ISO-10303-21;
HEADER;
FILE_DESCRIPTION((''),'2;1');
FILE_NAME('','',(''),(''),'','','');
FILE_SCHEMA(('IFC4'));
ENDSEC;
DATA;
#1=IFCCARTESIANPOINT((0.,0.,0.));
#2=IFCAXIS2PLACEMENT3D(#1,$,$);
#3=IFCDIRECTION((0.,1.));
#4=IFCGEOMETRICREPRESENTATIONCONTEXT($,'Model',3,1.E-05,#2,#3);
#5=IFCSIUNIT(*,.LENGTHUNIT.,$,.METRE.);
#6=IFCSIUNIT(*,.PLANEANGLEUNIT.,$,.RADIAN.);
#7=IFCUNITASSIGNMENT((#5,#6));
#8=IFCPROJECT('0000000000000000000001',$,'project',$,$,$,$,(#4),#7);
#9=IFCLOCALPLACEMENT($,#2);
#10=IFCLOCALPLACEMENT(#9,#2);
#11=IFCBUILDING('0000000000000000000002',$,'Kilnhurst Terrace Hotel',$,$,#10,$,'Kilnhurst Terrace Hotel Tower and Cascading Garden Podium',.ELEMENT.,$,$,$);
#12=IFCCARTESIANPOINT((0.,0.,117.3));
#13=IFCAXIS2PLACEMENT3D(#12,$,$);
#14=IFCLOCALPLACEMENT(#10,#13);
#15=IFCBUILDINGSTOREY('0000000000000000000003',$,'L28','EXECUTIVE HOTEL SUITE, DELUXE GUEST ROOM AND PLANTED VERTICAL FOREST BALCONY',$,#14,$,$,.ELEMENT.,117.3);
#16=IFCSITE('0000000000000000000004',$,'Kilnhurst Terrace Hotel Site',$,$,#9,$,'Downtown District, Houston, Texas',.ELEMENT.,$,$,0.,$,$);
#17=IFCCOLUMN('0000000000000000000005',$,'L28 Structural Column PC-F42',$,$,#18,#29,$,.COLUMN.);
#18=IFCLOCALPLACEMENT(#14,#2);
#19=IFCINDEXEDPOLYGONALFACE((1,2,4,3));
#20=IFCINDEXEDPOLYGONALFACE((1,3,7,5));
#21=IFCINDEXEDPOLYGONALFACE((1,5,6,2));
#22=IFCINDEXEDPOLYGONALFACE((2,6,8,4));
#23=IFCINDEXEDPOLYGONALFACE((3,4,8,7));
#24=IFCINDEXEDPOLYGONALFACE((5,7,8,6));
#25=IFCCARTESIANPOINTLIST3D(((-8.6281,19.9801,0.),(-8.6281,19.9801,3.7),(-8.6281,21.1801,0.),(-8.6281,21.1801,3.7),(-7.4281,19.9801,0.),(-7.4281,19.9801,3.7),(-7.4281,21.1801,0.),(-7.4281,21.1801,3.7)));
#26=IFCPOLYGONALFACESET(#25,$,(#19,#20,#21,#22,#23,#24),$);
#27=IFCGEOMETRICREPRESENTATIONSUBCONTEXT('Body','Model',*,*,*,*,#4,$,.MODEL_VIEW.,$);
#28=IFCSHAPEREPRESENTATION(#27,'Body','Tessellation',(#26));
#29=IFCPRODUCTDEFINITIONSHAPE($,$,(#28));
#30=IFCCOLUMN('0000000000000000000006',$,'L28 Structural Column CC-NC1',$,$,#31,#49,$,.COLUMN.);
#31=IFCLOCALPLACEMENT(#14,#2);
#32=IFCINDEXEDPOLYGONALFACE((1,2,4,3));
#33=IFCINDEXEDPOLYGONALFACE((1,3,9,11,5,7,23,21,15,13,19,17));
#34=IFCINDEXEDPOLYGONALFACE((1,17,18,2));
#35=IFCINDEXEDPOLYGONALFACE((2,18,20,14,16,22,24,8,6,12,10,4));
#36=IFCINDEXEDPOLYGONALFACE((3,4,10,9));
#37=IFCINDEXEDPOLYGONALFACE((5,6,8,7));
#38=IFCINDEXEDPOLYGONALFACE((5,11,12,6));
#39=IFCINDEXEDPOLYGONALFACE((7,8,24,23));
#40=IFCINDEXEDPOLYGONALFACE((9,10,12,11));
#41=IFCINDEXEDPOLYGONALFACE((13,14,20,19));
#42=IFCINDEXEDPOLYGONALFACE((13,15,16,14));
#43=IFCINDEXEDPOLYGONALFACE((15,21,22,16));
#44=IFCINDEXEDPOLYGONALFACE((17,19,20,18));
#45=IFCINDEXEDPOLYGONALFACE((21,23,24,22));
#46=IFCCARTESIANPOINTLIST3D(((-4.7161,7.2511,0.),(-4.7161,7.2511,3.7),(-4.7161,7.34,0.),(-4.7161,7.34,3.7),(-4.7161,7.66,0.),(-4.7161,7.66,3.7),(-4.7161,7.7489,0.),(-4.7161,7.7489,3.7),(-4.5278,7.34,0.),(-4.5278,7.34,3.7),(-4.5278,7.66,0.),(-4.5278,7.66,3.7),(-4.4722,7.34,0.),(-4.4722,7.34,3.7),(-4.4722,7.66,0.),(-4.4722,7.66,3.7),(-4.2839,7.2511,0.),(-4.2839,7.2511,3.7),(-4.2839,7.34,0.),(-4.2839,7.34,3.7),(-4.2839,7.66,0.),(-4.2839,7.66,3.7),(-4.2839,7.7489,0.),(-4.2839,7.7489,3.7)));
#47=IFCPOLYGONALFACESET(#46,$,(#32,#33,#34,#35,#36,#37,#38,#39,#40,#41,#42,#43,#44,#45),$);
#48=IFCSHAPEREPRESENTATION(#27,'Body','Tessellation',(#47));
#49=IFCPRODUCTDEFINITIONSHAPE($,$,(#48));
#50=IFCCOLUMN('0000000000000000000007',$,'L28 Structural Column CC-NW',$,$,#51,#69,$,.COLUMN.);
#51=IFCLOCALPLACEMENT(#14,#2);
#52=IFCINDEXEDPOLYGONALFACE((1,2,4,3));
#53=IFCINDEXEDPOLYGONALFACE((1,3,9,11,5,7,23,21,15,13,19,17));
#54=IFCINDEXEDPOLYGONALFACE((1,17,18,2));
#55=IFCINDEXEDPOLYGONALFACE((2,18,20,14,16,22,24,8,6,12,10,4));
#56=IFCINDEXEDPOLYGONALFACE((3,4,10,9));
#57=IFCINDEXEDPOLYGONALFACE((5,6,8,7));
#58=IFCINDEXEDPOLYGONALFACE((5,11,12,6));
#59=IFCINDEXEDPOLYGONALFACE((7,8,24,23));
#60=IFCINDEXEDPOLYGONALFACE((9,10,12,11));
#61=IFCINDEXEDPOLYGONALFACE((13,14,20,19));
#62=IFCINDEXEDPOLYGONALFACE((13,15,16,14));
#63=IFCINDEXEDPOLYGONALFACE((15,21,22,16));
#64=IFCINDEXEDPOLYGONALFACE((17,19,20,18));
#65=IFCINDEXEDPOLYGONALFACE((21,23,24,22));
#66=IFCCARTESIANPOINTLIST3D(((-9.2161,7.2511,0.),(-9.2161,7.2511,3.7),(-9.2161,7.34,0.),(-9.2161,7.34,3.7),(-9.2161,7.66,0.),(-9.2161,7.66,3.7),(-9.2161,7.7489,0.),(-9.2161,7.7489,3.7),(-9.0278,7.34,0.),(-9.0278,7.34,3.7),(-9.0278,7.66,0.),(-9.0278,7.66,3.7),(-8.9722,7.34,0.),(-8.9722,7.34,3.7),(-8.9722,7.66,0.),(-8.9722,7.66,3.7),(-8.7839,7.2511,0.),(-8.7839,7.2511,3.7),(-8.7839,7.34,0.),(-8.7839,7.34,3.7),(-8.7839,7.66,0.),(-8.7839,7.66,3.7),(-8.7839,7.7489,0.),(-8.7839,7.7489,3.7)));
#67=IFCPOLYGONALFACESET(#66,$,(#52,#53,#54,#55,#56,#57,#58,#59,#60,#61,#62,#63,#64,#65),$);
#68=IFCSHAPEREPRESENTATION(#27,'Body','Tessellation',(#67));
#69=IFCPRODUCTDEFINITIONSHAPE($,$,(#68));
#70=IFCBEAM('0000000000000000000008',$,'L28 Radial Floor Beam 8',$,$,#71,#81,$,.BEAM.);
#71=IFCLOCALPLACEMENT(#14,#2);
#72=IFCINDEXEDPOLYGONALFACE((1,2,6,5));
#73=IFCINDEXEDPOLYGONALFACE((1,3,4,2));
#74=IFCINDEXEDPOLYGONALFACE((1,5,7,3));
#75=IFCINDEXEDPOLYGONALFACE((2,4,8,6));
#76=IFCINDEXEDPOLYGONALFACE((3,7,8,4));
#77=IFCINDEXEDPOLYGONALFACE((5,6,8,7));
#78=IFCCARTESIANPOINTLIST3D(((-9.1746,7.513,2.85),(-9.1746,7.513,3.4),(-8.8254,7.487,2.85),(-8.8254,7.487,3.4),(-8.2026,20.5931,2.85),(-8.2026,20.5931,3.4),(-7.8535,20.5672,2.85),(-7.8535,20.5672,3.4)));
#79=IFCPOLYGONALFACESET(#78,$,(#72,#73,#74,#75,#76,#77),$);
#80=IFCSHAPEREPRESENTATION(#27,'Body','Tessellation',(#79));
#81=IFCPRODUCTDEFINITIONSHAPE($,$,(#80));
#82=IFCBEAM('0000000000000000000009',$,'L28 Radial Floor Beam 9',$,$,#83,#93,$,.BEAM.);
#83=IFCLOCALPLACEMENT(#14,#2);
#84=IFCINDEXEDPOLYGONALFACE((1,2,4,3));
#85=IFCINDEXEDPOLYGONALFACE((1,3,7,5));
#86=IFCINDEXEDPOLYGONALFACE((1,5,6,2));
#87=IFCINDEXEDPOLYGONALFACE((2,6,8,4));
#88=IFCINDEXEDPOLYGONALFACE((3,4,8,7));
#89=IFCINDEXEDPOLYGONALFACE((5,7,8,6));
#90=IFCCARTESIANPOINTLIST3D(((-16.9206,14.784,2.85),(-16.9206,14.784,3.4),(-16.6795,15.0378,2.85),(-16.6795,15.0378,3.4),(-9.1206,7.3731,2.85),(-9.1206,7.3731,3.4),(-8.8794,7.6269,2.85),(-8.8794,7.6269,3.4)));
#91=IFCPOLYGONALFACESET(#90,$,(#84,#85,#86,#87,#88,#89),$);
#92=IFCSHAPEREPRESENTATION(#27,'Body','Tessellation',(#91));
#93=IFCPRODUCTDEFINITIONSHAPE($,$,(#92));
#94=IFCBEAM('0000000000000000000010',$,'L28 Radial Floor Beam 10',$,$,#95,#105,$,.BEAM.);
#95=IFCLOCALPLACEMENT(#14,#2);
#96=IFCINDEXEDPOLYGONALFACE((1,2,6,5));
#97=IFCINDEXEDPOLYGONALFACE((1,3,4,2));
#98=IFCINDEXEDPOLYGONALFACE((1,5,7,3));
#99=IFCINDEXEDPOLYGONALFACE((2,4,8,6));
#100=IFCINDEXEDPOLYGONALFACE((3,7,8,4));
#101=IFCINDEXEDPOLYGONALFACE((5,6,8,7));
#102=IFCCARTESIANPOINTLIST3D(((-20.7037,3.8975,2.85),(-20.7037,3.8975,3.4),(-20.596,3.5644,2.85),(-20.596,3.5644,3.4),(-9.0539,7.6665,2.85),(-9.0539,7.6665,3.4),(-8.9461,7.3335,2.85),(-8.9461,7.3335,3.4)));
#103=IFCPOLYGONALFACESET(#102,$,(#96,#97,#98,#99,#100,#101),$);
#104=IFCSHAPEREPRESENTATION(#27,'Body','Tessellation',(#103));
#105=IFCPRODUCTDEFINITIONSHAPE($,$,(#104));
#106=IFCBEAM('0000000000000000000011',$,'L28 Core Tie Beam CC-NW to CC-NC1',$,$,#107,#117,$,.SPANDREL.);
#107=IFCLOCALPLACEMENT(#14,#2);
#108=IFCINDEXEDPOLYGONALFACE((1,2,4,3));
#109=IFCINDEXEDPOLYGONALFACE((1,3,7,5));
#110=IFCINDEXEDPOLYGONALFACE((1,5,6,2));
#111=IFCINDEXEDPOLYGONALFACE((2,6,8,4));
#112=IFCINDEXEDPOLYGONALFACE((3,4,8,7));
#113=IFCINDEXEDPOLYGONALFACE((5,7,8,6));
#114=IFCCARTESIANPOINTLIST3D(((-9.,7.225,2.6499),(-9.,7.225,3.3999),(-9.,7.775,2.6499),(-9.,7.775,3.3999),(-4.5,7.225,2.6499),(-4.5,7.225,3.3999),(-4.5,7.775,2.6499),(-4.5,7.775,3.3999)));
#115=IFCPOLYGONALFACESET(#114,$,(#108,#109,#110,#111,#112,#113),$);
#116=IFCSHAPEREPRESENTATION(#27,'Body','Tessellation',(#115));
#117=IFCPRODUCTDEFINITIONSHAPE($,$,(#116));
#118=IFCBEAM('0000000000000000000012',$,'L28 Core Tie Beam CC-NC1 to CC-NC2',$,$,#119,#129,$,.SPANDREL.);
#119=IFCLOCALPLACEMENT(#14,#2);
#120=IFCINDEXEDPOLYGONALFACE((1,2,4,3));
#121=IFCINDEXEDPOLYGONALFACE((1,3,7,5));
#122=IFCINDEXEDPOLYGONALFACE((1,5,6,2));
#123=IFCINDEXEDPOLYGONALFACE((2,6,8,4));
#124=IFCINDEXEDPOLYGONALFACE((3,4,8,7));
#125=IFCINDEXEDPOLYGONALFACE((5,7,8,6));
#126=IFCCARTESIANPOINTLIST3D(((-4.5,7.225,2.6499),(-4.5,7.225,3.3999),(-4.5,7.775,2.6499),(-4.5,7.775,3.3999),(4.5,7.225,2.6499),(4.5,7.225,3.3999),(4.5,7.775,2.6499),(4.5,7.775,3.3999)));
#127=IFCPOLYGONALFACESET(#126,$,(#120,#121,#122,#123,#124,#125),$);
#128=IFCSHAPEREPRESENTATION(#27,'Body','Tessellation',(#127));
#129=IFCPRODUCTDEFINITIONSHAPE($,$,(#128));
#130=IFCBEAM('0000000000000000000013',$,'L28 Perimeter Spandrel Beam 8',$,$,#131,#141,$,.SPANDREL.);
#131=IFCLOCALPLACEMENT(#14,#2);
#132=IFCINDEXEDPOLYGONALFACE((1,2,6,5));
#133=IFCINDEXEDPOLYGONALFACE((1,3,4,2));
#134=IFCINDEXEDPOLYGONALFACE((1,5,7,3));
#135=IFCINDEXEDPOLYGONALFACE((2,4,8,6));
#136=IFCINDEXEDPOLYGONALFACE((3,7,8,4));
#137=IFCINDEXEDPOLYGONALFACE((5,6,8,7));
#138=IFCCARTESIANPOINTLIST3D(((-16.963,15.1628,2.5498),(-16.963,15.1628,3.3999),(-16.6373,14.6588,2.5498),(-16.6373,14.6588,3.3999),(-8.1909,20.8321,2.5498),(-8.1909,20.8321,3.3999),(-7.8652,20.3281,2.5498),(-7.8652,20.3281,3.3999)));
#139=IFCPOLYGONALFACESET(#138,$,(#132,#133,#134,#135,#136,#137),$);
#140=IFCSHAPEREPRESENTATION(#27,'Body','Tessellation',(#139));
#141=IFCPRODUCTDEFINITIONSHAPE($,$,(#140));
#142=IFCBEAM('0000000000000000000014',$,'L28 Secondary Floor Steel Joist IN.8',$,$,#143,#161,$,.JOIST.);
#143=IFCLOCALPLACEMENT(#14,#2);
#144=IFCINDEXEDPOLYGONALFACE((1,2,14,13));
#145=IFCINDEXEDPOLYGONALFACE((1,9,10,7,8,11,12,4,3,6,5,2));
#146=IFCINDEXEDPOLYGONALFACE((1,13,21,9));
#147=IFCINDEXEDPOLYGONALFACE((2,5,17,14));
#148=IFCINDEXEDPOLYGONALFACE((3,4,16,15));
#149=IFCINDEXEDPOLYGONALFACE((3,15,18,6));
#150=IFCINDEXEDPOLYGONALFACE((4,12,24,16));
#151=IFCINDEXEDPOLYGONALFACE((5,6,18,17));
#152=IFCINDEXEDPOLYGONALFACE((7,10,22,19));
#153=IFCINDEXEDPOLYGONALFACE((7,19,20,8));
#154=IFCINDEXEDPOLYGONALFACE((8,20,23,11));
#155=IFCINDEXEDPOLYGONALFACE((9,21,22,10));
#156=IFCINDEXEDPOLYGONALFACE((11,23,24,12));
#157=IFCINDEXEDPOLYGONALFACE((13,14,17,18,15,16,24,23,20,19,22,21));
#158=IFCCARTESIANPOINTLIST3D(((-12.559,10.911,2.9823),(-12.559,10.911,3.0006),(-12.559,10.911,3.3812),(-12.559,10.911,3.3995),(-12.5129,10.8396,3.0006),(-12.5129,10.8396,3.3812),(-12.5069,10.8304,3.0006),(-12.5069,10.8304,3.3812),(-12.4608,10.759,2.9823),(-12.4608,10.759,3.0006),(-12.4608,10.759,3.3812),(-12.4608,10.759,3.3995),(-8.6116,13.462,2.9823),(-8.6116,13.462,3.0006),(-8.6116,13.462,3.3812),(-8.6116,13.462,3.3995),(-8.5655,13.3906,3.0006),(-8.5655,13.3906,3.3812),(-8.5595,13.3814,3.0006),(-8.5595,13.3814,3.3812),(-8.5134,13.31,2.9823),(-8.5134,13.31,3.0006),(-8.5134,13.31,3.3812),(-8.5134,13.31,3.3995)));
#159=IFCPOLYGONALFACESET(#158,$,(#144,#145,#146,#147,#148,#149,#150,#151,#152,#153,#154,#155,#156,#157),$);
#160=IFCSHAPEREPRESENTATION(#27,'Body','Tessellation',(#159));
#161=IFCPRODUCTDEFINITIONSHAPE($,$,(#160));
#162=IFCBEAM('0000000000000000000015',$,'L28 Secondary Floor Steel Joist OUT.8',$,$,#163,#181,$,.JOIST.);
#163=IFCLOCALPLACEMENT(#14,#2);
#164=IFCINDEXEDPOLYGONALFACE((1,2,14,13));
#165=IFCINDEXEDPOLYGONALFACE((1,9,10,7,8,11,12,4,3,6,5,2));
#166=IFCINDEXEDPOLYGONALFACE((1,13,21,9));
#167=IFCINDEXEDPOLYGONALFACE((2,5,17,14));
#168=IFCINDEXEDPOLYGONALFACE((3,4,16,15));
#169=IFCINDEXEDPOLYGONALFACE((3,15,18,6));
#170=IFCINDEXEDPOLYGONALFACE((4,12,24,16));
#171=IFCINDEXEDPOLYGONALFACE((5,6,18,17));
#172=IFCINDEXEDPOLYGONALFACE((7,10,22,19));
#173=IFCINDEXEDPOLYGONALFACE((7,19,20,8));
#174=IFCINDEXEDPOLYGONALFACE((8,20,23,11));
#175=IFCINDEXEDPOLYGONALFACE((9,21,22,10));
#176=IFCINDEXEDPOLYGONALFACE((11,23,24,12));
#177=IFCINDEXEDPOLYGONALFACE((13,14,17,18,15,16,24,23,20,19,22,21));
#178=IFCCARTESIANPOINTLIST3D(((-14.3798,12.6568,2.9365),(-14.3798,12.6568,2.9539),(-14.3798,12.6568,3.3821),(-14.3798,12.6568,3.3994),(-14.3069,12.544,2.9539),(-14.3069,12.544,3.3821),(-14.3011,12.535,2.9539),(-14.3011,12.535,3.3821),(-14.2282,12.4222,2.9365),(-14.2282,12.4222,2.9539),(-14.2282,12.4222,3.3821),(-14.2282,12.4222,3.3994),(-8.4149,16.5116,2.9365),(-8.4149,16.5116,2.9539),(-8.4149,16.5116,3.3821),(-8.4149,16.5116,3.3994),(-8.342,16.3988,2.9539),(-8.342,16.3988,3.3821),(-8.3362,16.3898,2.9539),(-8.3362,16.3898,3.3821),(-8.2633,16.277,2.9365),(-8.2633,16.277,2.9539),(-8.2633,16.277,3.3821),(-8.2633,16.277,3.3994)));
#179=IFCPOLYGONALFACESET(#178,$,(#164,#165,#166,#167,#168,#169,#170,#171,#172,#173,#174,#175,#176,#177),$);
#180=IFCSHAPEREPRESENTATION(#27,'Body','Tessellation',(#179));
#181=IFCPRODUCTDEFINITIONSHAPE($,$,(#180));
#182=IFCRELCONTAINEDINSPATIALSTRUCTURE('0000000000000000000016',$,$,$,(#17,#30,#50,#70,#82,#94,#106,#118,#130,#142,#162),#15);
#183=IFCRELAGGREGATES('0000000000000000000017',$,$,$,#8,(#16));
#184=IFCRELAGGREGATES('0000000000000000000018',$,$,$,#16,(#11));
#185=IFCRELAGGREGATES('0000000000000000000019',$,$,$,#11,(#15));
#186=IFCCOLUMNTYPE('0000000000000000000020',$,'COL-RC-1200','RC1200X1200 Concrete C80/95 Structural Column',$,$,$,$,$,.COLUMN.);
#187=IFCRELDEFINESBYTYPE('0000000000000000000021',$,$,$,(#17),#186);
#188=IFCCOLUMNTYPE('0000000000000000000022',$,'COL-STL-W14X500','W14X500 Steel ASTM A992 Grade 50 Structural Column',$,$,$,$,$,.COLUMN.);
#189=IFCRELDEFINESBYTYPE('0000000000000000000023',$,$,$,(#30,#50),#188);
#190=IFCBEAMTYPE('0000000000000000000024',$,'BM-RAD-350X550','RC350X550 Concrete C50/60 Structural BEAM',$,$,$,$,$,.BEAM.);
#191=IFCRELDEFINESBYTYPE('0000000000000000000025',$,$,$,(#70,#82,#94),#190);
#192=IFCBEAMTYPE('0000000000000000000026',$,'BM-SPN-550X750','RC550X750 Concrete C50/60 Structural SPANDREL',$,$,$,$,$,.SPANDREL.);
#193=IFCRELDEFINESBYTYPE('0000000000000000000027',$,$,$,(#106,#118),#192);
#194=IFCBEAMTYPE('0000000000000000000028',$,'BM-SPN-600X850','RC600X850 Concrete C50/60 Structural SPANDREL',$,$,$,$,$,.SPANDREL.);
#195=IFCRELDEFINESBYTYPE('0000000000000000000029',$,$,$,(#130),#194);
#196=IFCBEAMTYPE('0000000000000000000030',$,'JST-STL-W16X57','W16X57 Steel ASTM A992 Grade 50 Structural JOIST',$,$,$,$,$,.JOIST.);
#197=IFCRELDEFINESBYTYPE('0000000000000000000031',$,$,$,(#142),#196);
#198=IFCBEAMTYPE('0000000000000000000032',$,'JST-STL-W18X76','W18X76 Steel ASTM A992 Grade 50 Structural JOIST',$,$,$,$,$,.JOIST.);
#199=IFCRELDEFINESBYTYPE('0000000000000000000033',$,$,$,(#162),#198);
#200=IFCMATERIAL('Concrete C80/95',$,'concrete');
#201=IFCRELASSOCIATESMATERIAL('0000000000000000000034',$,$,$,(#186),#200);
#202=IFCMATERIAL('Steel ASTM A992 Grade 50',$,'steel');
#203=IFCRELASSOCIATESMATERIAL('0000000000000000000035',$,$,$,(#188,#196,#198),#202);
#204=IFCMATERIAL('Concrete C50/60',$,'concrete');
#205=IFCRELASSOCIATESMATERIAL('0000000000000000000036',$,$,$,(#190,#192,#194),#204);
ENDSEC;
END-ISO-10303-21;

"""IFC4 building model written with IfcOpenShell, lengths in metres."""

from ifc_helpers import new_model, si_unit, direction, frame, origin, origin_2d, place, context, subcontext, project, spatial, rectangle, i_section, extrude, material, material_profile, profile_set, type_object, element, save


model = new_model("IFC4")

# Units and contexts
model_context = context("Model", 3, precision=1e-05, world=origin(), true_north=direction((0.0, 1.0)))
body_context = subcontext(model_context, "Body", "Model", "MODEL_VIEW")
ifc_project = project(units=[si_unit("LENGTHUNIT", "METRE"), si_unit("PLANEANGLEUNIT", "RADIAN")], contexts=[model_context])

# Site, building, storey
site_placement = place(None, origin())
site = spatial("IfcSite", under=ifc_project, at=site_placement, Name="Kilnhurst Terrace Hotel Site", LongName="Downtown District, Houston, Texas", CompositionType="ELEMENT", RefElevation=0.0)
building_placement = place(site_placement, origin())
building = spatial("IfcBuilding", under=site, at=building_placement, Name="Kilnhurst Terrace Hotel", LongName="Kilnhurst Terrace Hotel Tower and Cascading Garden Podium", CompositionType="ELEMENT")
storey_placement = place(building_placement, frame((0.0, 0.0, 117.3)))
storey = spatial("IfcBuildingStorey", under=building, at=storey_placement, Name="L28", Description="EXECUTIVE HOTEL SUITE, DELUXE GUEST ROOM AND PLANTED VERTICAL FOREST BALCONY", CompositionType="ELEMENT", Elevation=117.3)

# Columns
ifc_material_1 = material(Name="Concrete C80/95", Category="concrete")
ifc_material_profile_1 = material_profile(ifc_material_1, rectangle(XDim=1.2, YDim=1.2, at=origin_2d()), Name="RC1200X1200")
ifc_profile_set_1 = profile_set([ifc_material_profile_1], Name="Concrete C80/95")
column_type_1 = type_object("IfcColumnType", Name="COL-RC-1200", Description="RC1200X1200 Concrete C80/95 Structural Column", PredefinedType="COLUMN", material=ifc_profile_set_1)
column_placement = place(storey_placement, frame((-8.0281, 20.5801, 0.0), z_axis=(0.0, 0.0, 1.0), x_axis=(1.0, 0.0, 0.0)))
element("IfcColumn", 1, at=column_placement, inside=storey, type_object=column_type_1, Name="L28 Structural Column PC-F42", PredefinedType="COLUMN", context=body_context, shape_type="SweptSolid", body=[
    extrude(rectangle(XDim=1.2, YDim=1.2, at=origin_2d()), origin(), (0.0, 0.0, 1.0), 3.7),
])
ifc_material_2 = material(Name="Steel ASTM A992 Grade 50", Category="steel")
ifc_material_profile_2 = material_profile(ifc_material_2, i_section(OverallWidth=0.4321, OverallDepth=0.4978, WebThickness=0.0557, FlangeThickness=0.0889, at=origin_2d()), Name="W14X500")
ifc_profile_set_2 = profile_set([ifc_material_profile_2], Name="Steel ASTM A992 Grade 50")
column_type_2 = type_object("IfcColumnType", Name="COL-STL-W14X500", Description="W14X500 Steel ASTM A992 Grade 50 Structural Column", PredefinedType="COLUMN", material=ifc_profile_set_2)
for number, where, z_axis, x_axis, name in (
    (2, (-4.5, 7.5, 0.0), (0.0, 0.0, 1.0), (1.0, 0.0, 0.0), "L28 Structural Column CC-NC1"),
    (3, (-9.0, 7.5, 0.0), (0.0, 0.0, 1.0), (1.0, 0.0, 0.0), "L28 Structural Column CC-NW"),
):
    element("IfcColumn", number, at=place(storey_placement, frame(where, z_axis=z_axis, x_axis=x_axis)), inside=storey, type_object=column_type_2, Name=name, PredefinedType="COLUMN", context=body_context, shape_type="SweptSolid", body=[
        extrude(i_section(OverallWidth=0.4321, OverallDepth=0.4978, WebThickness=0.0557, FlangeThickness=0.0889, at=origin_2d()), origin(), (0.0, 0.0, 1.0), 3.7),
    ])

# Beams
ifc_material_3 = material(Name="Concrete C50/60", Category="concrete")
ifc_material_profile_3 = material_profile(ifc_material_3, rectangle(XDim=0.3501, YDim=0.55, at=origin_2d()), Name="RC350X550")
ifc_profile_set_3 = profile_set([ifc_material_profile_3], Name="Concrete C50/60")
beam_type_1 = type_object("IfcBeamType", Name="BM-RAD-350X550", Description="RC350X550 Concrete C50/60 Structural BEAM", PredefinedType="BEAM", material=ifc_profile_set_3)
beam_1_placement = place(storey_placement, frame((-9.0, 7.5, 3.125), z_axis=(0.074101, 0.997251, 0.0), x_axis=(-0.997251, 0.074101, 0.0)))
element("IfcBeam", 4, at=beam_1_placement, inside=storey, type_object=beam_type_1, Name="L28 Radial Floor Beam 8", PredefinedType="BEAM", context=body_context, shape_type="SweptSolid", body=[
    extrude(rectangle(XDim=0.3501, YDim=0.55, at=origin_2d()), origin(), (0.0, 0.0, 1.0), 13.1162),
])
beam_2_placement = place(storey_placement, frame((-9.0, 7.5, 3.125), z_axis=(-0.72496, 0.688791, 0.0), x_axis=(-0.688791, -0.72496, 0.0)))
element("IfcBeam", 5, at=beam_2_placement, inside=storey, type_object=beam_type_1, Name="L28 Radial Floor Beam 9", PredefinedType="BEAM", context=body_context, shape_type="SweptSolid", body=[
    extrude(rectangle(XDim=0.3501, YDim=0.55, at=origin_2d()), origin(), (0.0, 0.0, 1.0), 10.7593),
])
beam_3_placement = place(storey_placement, frame((-9.0, 7.5, 3.125), z_axis=(-0.951446, -0.307817, 0.0), x_axis=(0.307817, -0.951446, 0.0)))
element("IfcBeam", 6, at=beam_3_placement, inside=storey, type_object=beam_type_1, Name="L28 Radial Floor Beam 10", PredefinedType="BEAM", context=body_context, shape_type="SweptSolid", body=[
    extrude(rectangle(XDim=0.3501, YDim=0.55, at=origin_2d()), origin(), (0.0, 0.0, 1.0), 12.2444),
])
ifc_material_profile_4 = material_profile(ifc_material_3, rectangle(XDim=0.55, YDim=0.75, at=origin_2d()), Name="RC550X750")
ifc_profile_set_4 = profile_set([ifc_material_profile_4], Name="Concrete C50/60")
beam_type_2 = type_object("IfcBeamType", Name="BM-SPN-550X750", Description="RC550X750 Concrete C50/60 Structural SPANDREL", PredefinedType="SPANDREL", material=ifc_profile_set_4)
beam_4_placement = place(storey_placement, frame((-9.0, 7.5, 3.0249), z_axis=(1.0, 0.0, 0.0), x_axis=(0.0, 1.0, 0.0)))
element("IfcBeam", 7, at=beam_4_placement, inside=storey, type_object=beam_type_2, Name="L28 Core Tie Beam CC-NW to CC-NC1", PredefinedType="SPANDREL", context=body_context, shape_type="SweptSolid", body=[
    extrude(rectangle(XDim=0.55, YDim=0.75, at=origin_2d()), origin(), (0.0, 0.0, 1.0), 4.5),
])
beam_5_placement = place(storey_placement, frame((-4.5, 7.5, 3.0249), z_axis=(1.0, 0.0, 0.0), x_axis=(0.0, 1.0, 0.0)))
element("IfcBeam", 8, at=beam_5_placement, inside=storey, type_object=beam_type_2, Name="L28 Core Tie Beam CC-NC1 to CC-NC2", PredefinedType="SPANDREL", context=body_context, shape_type="SweptSolid", body=[
    extrude(rectangle(XDim=0.55, YDim=0.75, at=origin_2d()), origin(), (0.0, 0.0, 1.0), 9.0),
])
ifc_material_profile_5 = material_profile(ifc_material_3, rectangle(XDim=0.6001, YDim=0.8501, at=origin_2d()), Name="RC600X850")
ifc_profile_set_5 = profile_set([ifc_material_profile_5], Name="Concrete C50/60")
beam_type_3 = type_object("IfcBeamType", Name="BM-SPN-600X850", Description="RC600X850 Concrete C50/60 Structural SPANDREL", PredefinedType="SPANDREL", material=ifc_profile_set_5)
beam_6_placement = place(storey_placement, frame((-8.0281, 20.5801, 2.9749), z_axis=(-0.839867, -0.542793, 0.0), x_axis=(0.542793, -0.839867, 0.0)))
element("IfcBeam", 9, at=beam_6_placement, inside=storey, type_object=beam_type_3, Name="L28 Perimeter Spandrel Beam 8", PredefinedType="SPANDREL", context=body_context, shape_type="SweptSolid", body=[
    extrude(rectangle(XDim=0.6001, YDim=0.8501, at=origin_2d()), origin(), (0.0, 0.0, 1.0), 10.4446),
])
ifc_material_profile_6 = material_profile(ifc_material_2, i_section(OverallWidth=0.1809, OverallDepth=0.4172, WebThickness=0.011, FlangeThickness=0.0183, at=origin_2d()), Name="W16X57")
ifc_profile_set_6 = profile_set([ifc_material_profile_6], Name="Steel ASTM A992 Grade 50")
beam_type_4 = type_object("IfcBeamType", Name="JST-STL-W16X57", Description="W16X57 Steel ASTM A992 Grade 50 Structural JOIST", PredefinedType="JOIST", material=ifc_profile_set_6)
beam_7_placement = place(storey_placement, frame((-8.5625, 13.386, 3.1909), z_axis=(-0.839885, -0.542764, 0.0), x_axis=(0.542764, -0.839885, 0.0)))
element("IfcBeam", 10, at=beam_7_placement, inside=storey, type_object=beam_type_4, Name="L28 Secondary Floor Steel Joist IN.8", PredefinedType="JOIST", context=body_context, shape_type="SweptSolid", body=[
    extrude(i_section(OverallWidth=0.1809, OverallDepth=0.4172, WebThickness=0.011, FlangeThickness=0.0183, at=origin_2d()), origin(), (0.0, 0.0, 1.0), 4.7),
])
ifc_material_profile_7 = material_profile(ifc_material_2, i_section(OverallWidth=0.2793, OverallDepth=0.4629, WebThickness=0.0107, FlangeThickness=0.0173, at=origin_2d()), Name="W18X76")
ifc_profile_set_7 = profile_set([ifc_material_profile_7], Name="Steel ASTM A992 Grade 50")
beam_type_5 = type_object("IfcBeamType", Name="JST-STL-W18X76", Description="W18X76 Steel ASTM A992 Grade 50 Structural JOIST", PredefinedType="JOIST", material=ifc_profile_set_7)
beam_8_placement = place(storey_placement, frame((-8.3391, 16.3943, 3.168), z_axis=(-0.839883, -0.542768, 0.0), x_axis=(0.542768, -0.839883, 0.0)))
element("IfcBeam", 11, at=beam_8_placement, inside=storey, type_object=beam_type_5, Name="L28 Secondary Floor Steel Joist OUT.8", PredefinedType="JOIST", context=body_context, shape_type="SweptSolid", body=[
    extrude(i_section(OverallWidth=0.2793, OverallDepth=0.4629, WebThickness=0.0107, FlangeThickness=0.0173, at=origin_2d()), origin(), (0.0, 0.0, 1.0), 7.1021),
])

save(model, "model.ifc")
